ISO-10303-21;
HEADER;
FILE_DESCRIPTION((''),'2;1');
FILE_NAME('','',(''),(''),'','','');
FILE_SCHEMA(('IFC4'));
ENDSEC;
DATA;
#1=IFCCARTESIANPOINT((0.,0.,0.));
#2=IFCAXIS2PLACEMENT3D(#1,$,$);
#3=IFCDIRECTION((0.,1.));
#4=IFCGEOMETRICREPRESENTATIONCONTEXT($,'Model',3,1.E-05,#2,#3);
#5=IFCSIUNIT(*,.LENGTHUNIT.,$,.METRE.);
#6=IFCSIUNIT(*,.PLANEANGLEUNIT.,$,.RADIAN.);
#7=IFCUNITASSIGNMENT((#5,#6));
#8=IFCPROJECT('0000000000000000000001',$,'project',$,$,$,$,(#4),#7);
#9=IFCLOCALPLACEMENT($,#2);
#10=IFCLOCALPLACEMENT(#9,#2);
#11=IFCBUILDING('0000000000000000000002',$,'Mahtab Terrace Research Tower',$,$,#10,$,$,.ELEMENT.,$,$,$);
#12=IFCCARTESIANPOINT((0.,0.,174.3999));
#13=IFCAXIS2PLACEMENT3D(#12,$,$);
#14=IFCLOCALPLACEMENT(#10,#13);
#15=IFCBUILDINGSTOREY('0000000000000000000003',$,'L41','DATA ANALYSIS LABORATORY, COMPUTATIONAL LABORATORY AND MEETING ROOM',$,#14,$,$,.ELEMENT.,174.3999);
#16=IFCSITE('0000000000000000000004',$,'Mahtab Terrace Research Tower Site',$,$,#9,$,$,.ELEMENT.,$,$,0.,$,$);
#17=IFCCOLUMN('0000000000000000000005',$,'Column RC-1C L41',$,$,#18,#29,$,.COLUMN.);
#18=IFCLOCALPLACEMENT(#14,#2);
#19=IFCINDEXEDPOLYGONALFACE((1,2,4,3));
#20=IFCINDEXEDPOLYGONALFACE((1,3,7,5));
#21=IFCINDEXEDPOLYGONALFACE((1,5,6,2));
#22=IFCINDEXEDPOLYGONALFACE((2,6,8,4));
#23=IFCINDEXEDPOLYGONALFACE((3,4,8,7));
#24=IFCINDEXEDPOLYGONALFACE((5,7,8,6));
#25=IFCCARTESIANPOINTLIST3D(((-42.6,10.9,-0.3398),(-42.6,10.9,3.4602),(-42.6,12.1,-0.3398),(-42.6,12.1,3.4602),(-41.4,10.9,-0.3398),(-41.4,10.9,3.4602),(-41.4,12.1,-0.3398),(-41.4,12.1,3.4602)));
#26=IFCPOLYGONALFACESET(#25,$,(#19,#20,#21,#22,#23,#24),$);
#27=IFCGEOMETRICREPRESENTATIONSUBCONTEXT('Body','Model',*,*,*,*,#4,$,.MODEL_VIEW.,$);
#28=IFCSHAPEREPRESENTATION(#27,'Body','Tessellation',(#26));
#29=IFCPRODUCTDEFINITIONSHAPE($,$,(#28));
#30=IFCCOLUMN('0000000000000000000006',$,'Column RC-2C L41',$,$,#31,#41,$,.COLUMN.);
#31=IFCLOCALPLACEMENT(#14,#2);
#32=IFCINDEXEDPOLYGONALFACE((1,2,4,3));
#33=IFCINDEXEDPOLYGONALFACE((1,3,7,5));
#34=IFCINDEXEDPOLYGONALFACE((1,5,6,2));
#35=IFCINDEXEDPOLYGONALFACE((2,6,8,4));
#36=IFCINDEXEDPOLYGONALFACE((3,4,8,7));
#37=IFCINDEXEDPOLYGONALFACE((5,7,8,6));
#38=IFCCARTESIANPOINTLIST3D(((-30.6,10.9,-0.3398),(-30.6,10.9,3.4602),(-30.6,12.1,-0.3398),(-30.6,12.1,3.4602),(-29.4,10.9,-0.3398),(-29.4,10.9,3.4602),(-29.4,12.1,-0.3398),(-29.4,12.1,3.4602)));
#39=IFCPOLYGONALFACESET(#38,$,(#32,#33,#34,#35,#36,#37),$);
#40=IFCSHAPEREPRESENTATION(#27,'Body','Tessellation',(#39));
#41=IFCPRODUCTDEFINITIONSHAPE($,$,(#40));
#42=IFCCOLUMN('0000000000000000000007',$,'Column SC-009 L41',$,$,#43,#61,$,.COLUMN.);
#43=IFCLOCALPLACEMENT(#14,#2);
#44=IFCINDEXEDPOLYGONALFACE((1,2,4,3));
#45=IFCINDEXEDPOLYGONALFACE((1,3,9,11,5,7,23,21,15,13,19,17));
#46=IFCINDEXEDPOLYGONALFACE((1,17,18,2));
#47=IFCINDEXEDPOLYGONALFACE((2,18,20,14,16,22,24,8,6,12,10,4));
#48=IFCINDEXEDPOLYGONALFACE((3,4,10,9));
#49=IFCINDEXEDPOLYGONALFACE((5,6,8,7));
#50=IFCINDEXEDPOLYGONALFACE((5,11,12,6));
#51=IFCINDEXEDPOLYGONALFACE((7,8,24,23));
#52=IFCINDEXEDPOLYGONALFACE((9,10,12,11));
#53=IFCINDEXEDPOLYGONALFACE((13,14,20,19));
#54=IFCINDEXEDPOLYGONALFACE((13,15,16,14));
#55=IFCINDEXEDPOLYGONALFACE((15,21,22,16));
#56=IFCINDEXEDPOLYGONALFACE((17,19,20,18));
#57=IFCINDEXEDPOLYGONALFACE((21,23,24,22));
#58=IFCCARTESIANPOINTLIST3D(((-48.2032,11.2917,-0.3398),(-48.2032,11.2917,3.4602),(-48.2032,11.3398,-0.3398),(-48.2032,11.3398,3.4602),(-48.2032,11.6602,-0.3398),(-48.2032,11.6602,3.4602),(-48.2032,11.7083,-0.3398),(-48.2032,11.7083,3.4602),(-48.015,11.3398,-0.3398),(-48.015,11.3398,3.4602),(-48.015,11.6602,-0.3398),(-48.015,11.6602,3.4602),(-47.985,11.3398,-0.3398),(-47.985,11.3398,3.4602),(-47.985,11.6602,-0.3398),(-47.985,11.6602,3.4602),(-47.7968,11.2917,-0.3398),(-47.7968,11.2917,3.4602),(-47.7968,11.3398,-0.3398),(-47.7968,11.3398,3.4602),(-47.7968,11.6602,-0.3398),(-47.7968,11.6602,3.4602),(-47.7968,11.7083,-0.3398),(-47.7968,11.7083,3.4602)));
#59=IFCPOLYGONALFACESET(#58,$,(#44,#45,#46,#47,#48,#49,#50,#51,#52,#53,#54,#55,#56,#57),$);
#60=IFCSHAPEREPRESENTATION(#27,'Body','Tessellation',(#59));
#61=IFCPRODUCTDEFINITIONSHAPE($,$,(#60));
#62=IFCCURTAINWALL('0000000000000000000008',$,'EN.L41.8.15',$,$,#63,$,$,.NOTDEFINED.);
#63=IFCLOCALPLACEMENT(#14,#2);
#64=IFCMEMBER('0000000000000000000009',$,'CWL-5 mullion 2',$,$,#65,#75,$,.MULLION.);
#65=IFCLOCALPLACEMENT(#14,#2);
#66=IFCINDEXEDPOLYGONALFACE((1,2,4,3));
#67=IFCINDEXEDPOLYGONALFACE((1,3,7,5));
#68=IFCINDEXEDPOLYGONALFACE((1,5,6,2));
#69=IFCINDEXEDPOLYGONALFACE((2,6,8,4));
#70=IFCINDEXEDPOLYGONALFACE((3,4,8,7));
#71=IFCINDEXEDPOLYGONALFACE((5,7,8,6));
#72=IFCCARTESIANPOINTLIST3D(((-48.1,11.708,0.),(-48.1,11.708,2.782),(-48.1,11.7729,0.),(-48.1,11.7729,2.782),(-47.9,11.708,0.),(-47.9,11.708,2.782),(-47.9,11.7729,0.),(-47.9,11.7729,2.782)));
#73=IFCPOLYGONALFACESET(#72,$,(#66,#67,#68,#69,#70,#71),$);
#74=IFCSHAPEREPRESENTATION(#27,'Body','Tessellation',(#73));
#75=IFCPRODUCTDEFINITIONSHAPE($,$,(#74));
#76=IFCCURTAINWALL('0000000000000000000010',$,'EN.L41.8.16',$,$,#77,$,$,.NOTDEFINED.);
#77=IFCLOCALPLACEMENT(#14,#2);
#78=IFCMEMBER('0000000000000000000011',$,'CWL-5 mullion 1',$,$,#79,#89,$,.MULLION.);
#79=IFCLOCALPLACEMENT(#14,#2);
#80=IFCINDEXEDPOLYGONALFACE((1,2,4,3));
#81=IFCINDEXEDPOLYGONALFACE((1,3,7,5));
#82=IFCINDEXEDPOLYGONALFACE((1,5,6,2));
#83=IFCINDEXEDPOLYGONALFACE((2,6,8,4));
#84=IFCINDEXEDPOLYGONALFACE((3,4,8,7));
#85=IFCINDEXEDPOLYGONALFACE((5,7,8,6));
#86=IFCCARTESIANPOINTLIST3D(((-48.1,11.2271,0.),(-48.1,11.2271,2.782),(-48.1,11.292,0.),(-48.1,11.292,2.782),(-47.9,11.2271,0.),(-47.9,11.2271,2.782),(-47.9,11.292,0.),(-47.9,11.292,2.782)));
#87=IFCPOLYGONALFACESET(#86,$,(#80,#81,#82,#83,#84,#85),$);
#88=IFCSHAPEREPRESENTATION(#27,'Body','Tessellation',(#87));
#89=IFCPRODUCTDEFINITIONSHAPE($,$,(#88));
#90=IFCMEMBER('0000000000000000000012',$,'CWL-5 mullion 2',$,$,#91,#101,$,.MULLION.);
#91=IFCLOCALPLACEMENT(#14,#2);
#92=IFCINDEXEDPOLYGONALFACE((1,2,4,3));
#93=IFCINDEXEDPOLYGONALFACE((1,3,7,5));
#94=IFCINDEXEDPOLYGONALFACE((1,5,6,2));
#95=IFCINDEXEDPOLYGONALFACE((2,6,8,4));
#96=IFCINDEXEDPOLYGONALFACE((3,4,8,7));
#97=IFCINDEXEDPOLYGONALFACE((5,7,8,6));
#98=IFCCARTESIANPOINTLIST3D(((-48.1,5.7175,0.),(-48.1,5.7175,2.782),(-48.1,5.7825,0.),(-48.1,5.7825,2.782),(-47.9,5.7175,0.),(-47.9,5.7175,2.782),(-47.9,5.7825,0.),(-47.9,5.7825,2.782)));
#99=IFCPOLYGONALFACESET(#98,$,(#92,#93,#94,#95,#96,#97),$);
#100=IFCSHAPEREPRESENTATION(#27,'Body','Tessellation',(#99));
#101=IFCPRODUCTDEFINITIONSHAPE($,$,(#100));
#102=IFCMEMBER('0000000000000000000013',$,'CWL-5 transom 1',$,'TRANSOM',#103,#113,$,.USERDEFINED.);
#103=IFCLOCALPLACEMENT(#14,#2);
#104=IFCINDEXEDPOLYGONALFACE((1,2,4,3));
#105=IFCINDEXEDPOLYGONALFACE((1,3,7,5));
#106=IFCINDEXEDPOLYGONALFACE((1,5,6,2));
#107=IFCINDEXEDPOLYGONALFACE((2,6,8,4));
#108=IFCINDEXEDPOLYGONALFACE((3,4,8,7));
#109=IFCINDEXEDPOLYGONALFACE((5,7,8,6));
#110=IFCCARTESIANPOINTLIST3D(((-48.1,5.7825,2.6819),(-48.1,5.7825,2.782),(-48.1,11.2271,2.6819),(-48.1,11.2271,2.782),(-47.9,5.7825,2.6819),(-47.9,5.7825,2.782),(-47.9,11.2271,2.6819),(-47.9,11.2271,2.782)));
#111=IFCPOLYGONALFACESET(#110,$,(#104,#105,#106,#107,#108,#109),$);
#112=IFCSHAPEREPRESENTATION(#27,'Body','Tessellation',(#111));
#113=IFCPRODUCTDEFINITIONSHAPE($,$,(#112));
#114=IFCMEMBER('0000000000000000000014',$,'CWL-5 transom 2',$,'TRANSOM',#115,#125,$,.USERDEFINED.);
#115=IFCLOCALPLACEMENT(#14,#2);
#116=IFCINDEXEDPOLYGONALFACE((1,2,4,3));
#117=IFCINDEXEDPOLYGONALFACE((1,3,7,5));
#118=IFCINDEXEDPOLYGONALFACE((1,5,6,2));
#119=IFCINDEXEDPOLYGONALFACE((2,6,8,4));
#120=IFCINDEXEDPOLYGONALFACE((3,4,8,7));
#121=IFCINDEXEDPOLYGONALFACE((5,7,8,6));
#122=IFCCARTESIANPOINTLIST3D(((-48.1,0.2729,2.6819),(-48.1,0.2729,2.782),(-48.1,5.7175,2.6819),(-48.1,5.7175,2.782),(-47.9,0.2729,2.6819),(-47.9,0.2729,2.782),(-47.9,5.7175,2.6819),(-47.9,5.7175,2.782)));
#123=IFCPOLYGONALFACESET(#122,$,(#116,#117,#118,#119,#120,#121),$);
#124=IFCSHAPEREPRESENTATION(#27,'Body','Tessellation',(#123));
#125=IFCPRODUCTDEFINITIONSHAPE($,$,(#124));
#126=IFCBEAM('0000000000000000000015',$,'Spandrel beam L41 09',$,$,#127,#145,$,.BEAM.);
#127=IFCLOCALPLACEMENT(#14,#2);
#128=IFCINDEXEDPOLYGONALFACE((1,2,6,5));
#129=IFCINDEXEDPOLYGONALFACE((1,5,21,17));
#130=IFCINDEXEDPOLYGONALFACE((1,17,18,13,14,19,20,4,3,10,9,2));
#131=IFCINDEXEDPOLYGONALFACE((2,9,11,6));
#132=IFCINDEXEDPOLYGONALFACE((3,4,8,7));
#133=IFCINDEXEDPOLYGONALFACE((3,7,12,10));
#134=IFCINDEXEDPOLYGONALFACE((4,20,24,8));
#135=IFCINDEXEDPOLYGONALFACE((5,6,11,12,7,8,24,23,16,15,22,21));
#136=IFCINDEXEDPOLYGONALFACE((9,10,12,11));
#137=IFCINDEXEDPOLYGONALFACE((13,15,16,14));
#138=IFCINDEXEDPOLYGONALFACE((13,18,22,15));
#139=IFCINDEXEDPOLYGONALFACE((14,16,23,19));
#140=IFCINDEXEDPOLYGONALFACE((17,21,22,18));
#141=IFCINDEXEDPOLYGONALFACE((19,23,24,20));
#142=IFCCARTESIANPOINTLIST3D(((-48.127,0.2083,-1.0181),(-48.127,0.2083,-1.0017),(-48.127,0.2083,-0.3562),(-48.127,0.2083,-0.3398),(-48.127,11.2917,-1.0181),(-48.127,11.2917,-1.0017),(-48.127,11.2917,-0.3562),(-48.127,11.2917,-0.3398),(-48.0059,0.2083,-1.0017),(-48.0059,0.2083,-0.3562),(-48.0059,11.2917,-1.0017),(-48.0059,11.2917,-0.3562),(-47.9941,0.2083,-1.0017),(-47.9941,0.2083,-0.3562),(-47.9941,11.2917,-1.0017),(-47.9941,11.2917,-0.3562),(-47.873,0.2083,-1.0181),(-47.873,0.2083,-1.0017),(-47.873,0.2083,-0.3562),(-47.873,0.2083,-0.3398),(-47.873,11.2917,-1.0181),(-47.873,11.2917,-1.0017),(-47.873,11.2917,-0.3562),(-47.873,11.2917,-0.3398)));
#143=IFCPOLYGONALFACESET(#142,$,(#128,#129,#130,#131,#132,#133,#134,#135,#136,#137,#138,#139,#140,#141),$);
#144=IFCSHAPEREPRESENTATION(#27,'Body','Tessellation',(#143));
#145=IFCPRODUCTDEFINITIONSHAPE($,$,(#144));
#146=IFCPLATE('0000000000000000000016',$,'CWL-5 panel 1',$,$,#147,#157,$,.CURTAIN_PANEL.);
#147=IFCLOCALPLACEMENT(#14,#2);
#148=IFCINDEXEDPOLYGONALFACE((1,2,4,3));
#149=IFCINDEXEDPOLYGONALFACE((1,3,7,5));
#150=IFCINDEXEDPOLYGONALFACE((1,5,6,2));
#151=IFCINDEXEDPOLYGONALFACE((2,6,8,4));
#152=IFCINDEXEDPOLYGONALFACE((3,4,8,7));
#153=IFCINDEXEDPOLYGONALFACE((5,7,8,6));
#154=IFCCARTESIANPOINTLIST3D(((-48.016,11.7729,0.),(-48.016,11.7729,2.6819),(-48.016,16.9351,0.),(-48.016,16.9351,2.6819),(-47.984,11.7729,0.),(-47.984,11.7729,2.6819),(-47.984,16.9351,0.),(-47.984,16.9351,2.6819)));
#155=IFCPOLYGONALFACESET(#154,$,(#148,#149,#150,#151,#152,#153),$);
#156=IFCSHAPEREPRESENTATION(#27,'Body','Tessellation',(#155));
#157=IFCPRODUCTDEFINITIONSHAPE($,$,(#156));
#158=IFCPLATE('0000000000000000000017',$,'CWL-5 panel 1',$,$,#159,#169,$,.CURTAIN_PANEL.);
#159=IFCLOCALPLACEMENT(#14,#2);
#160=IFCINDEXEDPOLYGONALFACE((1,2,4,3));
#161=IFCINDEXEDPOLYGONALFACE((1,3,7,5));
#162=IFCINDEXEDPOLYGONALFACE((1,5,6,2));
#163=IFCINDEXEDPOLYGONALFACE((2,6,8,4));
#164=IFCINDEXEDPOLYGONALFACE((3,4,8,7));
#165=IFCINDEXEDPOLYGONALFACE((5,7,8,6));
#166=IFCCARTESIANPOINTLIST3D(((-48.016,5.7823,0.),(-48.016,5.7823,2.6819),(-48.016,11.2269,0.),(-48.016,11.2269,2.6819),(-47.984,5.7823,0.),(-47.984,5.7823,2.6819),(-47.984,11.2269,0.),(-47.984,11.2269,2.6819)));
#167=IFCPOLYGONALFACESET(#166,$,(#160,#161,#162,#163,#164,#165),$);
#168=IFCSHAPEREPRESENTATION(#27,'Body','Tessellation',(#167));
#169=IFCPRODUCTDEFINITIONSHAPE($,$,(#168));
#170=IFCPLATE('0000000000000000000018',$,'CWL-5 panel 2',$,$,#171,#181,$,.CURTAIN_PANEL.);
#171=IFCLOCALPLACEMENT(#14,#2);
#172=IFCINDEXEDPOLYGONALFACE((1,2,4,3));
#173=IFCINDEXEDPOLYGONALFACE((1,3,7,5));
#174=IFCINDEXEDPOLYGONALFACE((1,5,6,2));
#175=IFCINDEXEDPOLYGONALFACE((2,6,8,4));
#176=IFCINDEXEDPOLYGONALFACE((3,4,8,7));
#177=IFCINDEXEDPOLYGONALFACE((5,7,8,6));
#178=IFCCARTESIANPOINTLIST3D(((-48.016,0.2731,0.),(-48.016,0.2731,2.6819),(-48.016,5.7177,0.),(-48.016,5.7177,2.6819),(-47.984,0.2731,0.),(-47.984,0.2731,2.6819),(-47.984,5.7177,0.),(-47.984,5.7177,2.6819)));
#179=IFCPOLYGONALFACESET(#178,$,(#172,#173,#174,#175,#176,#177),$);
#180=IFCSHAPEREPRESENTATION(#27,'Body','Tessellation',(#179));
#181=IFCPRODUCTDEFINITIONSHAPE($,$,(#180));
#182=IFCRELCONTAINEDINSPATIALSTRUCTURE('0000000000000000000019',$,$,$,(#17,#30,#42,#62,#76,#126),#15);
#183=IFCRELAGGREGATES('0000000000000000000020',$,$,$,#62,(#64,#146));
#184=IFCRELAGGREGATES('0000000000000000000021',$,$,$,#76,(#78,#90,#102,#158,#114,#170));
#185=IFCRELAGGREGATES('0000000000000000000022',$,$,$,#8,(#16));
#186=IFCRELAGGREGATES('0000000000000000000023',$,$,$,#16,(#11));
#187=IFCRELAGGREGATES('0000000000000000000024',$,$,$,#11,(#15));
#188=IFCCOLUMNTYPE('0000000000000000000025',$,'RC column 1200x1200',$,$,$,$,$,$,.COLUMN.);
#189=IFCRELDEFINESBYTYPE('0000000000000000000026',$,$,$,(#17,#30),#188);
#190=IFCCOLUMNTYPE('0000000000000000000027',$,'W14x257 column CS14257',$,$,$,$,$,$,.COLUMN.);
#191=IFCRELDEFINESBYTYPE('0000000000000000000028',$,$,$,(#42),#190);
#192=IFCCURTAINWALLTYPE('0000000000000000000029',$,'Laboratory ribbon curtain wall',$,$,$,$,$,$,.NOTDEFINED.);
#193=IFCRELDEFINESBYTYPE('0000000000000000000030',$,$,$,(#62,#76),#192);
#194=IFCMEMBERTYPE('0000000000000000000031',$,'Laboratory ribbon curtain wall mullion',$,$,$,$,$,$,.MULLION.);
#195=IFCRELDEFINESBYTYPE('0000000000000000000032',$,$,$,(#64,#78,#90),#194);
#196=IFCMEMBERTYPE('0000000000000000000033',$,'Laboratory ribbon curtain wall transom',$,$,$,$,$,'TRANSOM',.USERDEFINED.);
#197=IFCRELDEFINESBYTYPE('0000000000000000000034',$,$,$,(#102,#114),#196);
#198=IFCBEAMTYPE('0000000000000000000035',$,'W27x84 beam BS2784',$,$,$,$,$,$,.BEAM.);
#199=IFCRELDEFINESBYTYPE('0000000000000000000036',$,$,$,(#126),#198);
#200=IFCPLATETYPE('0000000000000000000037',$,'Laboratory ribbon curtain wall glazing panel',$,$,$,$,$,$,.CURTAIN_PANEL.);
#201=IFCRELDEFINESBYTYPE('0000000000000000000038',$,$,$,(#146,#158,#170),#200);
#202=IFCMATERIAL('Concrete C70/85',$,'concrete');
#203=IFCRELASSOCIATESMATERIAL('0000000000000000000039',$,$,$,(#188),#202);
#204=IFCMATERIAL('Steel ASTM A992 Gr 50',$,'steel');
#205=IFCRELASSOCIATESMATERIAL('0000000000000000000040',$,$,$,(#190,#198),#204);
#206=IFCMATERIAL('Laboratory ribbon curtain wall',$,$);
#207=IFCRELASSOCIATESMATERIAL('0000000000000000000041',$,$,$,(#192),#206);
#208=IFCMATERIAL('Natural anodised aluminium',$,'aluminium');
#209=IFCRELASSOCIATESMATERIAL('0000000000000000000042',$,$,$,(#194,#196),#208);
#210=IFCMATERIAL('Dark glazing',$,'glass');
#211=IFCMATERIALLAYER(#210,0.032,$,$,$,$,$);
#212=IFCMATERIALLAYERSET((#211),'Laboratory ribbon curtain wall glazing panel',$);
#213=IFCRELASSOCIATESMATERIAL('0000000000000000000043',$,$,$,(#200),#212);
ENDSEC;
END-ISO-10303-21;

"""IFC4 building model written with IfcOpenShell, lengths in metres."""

from ifc_helpers import new_model, si_unit, direction, frame, origin, origin_2d, place, context, subcontext, project, spatial, rectangle, i_section, extrude, material, layer, layer_set, material_profile, profile_set, type_object, element, aggregate, save


model = new_model("IFC4")

# Units and contexts
model_context = context("Model", 3, precision=1e-05, world=origin(), true_north=direction((0.0, 1.0)))
body_context = subcontext(model_context, "Body", "Model", "MODEL_VIEW")
ifc_project = project(units=[si_unit("LENGTHUNIT", "METRE"), si_unit("PLANEANGLEUNIT", "RADIAN")], contexts=[model_context])

# Site, building, storey
site_placement = place(None, origin())
site = spatial("IfcSite", under=ifc_project, at=site_placement, Name="Mahtab Terrace Research Tower Site", CompositionType="ELEMENT", RefElevation=0.0)
building_placement = place(site_placement, origin())
building = spatial("IfcBuilding", under=site, at=building_placement, Name="Mahtab Terrace Research Tower", CompositionType="ELEMENT")
storey_placement = place(building_placement, frame((0.0, 0.0, 174.3999)))
storey = spatial("IfcBuildingStorey", under=building, at=storey_placement, Name="L41", Description="DATA ANALYSIS LABORATORY, COMPUTATIONAL LABORATORY AND MEETING ROOM", CompositionType="ELEMENT", Elevation=174.3999)

# Columns
ifc_material_1 = material(Name="Concrete C70/85", Category="concrete")
ifc_material_profile_1 = material_profile(ifc_material_1, rectangle(XDim=1.2, YDim=1.2, at=origin_2d()), Name="RC column 1200x1200")
ifc_profile_set_1 = profile_set([ifc_material_profile_1], Name="Concrete C70/85")
column_type_1 = type_object("IfcColumnType", Name="RC column 1200x1200", PredefinedType="COLUMN", material=ifc_profile_set_1)
for number, where, z_axis, x_axis, name in (
    (1, (-42.0, 11.5, -0.3398), (0.0, 0.0, 1.0), (1.0, 0.0, 0.0), "Column RC-1C L41"),
    (2, (-30.0, 11.5, -0.3398), (0.0, 0.0, 1.0), (1.0, 0.0, 0.0), "Column RC-2C L41"),
):
    element("IfcColumn", number, at=place(storey_placement, frame(where, z_axis=z_axis, x_axis=x_axis)), inside=storey, type_object=column_type_1, Name=name, PredefinedType="COLUMN", context=body_context, shape_type="SweptSolid", body=[
        extrude(rectangle(XDim=1.2, YDim=1.2, at=origin_2d()), origin(), (0.0, 0.0, 1.0), 3.8),
    ])
ifc_material_2 = material(Name="Steel ASTM A992 Gr 50", Category="steel")
ifc_material_profile_2 = material_profile(ifc_material_2, i_section(OverallWidth=0.4065, OverallDepth=0.4165, WebThickness=0.03, FlangeThickness=0.0481, at=origin_2d()), Name="W14X257")
ifc_profile_set_2 = profile_set([ifc_material_profile_2], Name="Steel ASTM A992 Gr 50")
column_type_2 = type_object("IfcColumnType", Name="W14x257 column CS14257", PredefinedType="COLUMN", material=ifc_profile_set_2)
column_placement = place(storey_placement, frame((-48.0, 11.5, -0.3398), z_axis=(0.0, 0.0, 1.0), x_axis=(1.0, 0.0, 0.0)))
element("IfcColumn", 3, at=column_placement, inside=storey, type_object=column_type_2, Name="Column SC-009 L41", PredefinedType="COLUMN", context=body_context, shape_type="SweptSolid", body=[
    extrude(i_section(OverallWidth=0.4065, OverallDepth=0.4165, WebThickness=0.03, FlangeThickness=0.0481, at=origin_2d()), origin(), (0.0, 0.0, 1.0), 3.8),
])

# Curtain wall, member
ifc_material_3 = material(Name="Laboratory ribbon curtain wall")
curtain_wall_type = type_object("IfcCurtainWallType", Name="Laboratory ribbon curtain wall", PredefinedType="NOTDEFINED", material=ifc_material_3)
curtain_wall_1_placement = place(storey_placement, origin())
curtain_wall_1 = element("IfcCurtainWall", 4, at=curtain_wall_1_placement, inside=storey, type_object=curtain_wall_type, Name="EN.L41.8.15", PredefinedType="NOTDEFINED")
ifc_material_4 = material(Name="Natural anodised aluminium", Category="aluminium")
ifc_material_profile_3 = material_profile(ifc_material_4, rectangle(XDim=0.2, YDim=0.0649, at=origin_2d()), Name="MULLION 65x200")
ifc_profile_set_3 = profile_set([ifc_material_profile_3], Name="Natural anodised aluminium")
member_type_1 = type_object("IfcMemberType", Name="Laboratory ribbon curtain wall mullion", PredefinedType="MULLION", material=ifc_profile_set_3)
member_1_placement = place(storey_placement, frame((-48.0, 11.7405, 0.0), z_axis=(0.0, 0.0, 1.0), x_axis=(1.0, 0.0, 0.0)))
member_1 = element("IfcMember", 5, at=member_1_placement, type_object=member_type_1, Name="CWL-5 mullion 2", PredefinedType="MULLION", context=body_context, shape_type="SweptSolid", body=[
    extrude(rectangle(XDim=0.2, YDim=0.0649, at=origin_2d()), origin(), (0.0, 0.0, 1.0), 2.782),
])

# Curtain wall, members
curtain_wall_2_placement = place(storey_placement, origin())
curtain_wall_2 = element("IfcCurtainWall", 6, at=curtain_wall_2_placement, inside=storey, type_object=curtain_wall_type, Name="EN.L41.8.16", PredefinedType="NOTDEFINED")
member_2_placement = place(storey_placement, frame((-48.0, 11.2595, 0.0), z_axis=(0.0, 0.0, 1.0), x_axis=(1.0, 0.0, 0.0)))
member_2 = element("IfcMember", 7, at=member_2_placement, type_object=member_type_1, Name="CWL-5 mullion 1", PredefinedType="MULLION", context=body_context, shape_type="SweptSolid", body=[
    extrude(rectangle(XDim=0.2, YDim=0.0649, at=origin_2d()), origin(), (0.0, 0.0, 1.0), 2.782),
])
member_3_placement = place(storey_placement, frame((-48.0, 5.75, 0.0), z_axis=(0.0, 0.0, 1.0), x_axis=(1.0, 0.0, 0.0)))
member_3 = element("IfcMember", 8, at=member_3_placement, type_object=member_type_1, Name="CWL-5 mullion 2", PredefinedType="MULLION", context=body_context, shape_type="SweptSolid", body=[
    extrude(rectangle(XDim=0.2, YDim=0.0649, at=origin_2d()), origin(), (0.0, 0.0, 1.0), 2.782),
])
ifc_material_profile_4 = material_profile(ifc_material_4, rectangle(XDim=0.2, YDim=0.1001, at=origin_2d()), Name="TRANSOM 100x200")
ifc_profile_set_4 = profile_set([ifc_material_profile_4], Name="Natural anodised aluminium")
member_type_2 = type_object("IfcMemberType", Name="Laboratory ribbon curtain wall transom", ElementType="TRANSOM", PredefinedType="USERDEFINED", material=ifc_profile_set_4)
member_4_placement = place(storey_placement, frame((-48.0, 11.2271, 2.7319), z_axis=(0.0, -1.0, 0.0), x_axis=(1.0, 0.0, 0.0)))
member_4 = element("IfcMember", 9, at=member_4_placement, type_object=member_type_2, Name="CWL-5 transom 1", ObjectType="TRANSOM", PredefinedType="USERDEFINED", context=body_context, shape_type="SweptSolid", body=[
    extrude(rectangle(XDim=0.2, YDim=0.1001, at=origin_2d()), origin(), (0.0, 0.0, 1.0), 5.4446),
])
member_5_placement = place(storey_placement, frame((-48.0, 5.7175, 2.7319), z_axis=(0.0, -1.0, 0.0), x_axis=(1.0, 0.0, 0.0)))
member_5 = element("IfcMember", 10, at=member_5_placement, type_object=member_type_2, Name="CWL-5 transom 2", ObjectType="TRANSOM", PredefinedType="USERDEFINED", context=body_context, shape_type="SweptSolid", body=[
    extrude(rectangle(XDim=0.2, YDim=0.1001, at=origin_2d()), origin(), (0.0, 0.0, 1.0), 5.4446),
])

# Beam
ifc_material_profile_5 = material_profile(ifc_material_2, i_section(OverallWidth=0.2539, OverallDepth=0.6782, WebThickness=0.0117, FlangeThickness=0.0164, at=origin_2d()), Name="W27X84")
ifc_profile_set_5 = profile_set([ifc_material_profile_5], Name="Steel ASTM A992 Gr 50")
beam_type = type_object("IfcBeamType", Name="W27x84 beam BS2784", PredefinedType="BEAM", material=ifc_profile_set_5)
beam_placement = place(storey_placement, frame((-48.0, 11.2917, -0.679), z_axis=(0.0, -1.0, 0.0), x_axis=(1.0, 0.0, 0.0)))
element("IfcBeam", 11, at=beam_placement, inside=storey, type_object=beam_type, Name="Spandrel beam L41 09", PredefinedType="BEAM", context=body_context, shape_type="SweptSolid", body=[
    extrude(i_section(OverallWidth=0.2539, OverallDepth=0.6782, WebThickness=0.0117, FlangeThickness=0.0164, at=origin_2d()), origin(), (0.0, 0.0, 1.0), 11.0835),
])

# Plates
ifc_material_5 = material(Name="Dark glazing", Category="glass")
ifc_layer_1 = layer(ifc_material_5, 0.032)
ifc_layer_set_1 = layer_set([ifc_layer_1], Name="Laboratory ribbon curtain wall glazing panel")
plate_type = type_object("IfcPlateType", Name="Laboratory ribbon curtain wall glazing panel", PredefinedType="CURTAIN_PANEL", material=ifc_layer_set_1)
plate_1_placement = place(storey_placement, frame((-48.0, 14.354, 0.0), z_axis=(0.0, 0.0, 1.0), x_axis=(0.0, -1.0, 0.0)))
plate_1 = element("IfcPlate", 12, at=plate_1_placement, type_object=plate_type, Name="CWL-5 panel 1", PredefinedType="CURTAIN_PANEL", context=body_context, shape_type="SweptSolid", body=[
    extrude(rectangle(XDim=5.1621, YDim=0.032, at=origin_2d()), origin(), (0.0, 0.0, 1.0), 2.6819),
])
aggregate(curtain_wall_1, [member_1, plate_1])
plate_2_placement = place(storey_placement, frame((-48.0, 8.5046, 0.0), z_axis=(0.0, 0.0, 1.0), x_axis=(0.0, -1.0, 0.0)))
plate_2 = element("IfcPlate", 13, at=plate_2_placement, type_object=plate_type, Name="CWL-5 panel 1", PredefinedType="CURTAIN_PANEL", context=body_context, shape_type="SweptSolid", body=[
    extrude(rectangle(XDim=5.4446, YDim=0.032, at=origin_2d()), origin(), (0.0, 0.0, 1.0), 2.6819),
])
plate_3_placement = place(storey_placement, frame((-48.0, 2.9954, 0.0), z_axis=(0.0, 0.0, 1.0), x_axis=(0.0, -1.0, 0.0)))
plate_3 = element("IfcPlate", 14, at=plate_3_placement, type_object=plate_type, Name="CWL-5 panel 2", PredefinedType="CURTAIN_PANEL", context=body_context, shape_type="SweptSolid", body=[
    extrude(rectangle(XDim=5.4446, YDim=0.032, at=origin_2d()), origin(), (0.0, 0.0, 1.0), 2.6819),
])
aggregate(curtain_wall_2, [member_2, member_3, member_4, plate_2, member_5, plate_3])

save(model, "model.ifc")
